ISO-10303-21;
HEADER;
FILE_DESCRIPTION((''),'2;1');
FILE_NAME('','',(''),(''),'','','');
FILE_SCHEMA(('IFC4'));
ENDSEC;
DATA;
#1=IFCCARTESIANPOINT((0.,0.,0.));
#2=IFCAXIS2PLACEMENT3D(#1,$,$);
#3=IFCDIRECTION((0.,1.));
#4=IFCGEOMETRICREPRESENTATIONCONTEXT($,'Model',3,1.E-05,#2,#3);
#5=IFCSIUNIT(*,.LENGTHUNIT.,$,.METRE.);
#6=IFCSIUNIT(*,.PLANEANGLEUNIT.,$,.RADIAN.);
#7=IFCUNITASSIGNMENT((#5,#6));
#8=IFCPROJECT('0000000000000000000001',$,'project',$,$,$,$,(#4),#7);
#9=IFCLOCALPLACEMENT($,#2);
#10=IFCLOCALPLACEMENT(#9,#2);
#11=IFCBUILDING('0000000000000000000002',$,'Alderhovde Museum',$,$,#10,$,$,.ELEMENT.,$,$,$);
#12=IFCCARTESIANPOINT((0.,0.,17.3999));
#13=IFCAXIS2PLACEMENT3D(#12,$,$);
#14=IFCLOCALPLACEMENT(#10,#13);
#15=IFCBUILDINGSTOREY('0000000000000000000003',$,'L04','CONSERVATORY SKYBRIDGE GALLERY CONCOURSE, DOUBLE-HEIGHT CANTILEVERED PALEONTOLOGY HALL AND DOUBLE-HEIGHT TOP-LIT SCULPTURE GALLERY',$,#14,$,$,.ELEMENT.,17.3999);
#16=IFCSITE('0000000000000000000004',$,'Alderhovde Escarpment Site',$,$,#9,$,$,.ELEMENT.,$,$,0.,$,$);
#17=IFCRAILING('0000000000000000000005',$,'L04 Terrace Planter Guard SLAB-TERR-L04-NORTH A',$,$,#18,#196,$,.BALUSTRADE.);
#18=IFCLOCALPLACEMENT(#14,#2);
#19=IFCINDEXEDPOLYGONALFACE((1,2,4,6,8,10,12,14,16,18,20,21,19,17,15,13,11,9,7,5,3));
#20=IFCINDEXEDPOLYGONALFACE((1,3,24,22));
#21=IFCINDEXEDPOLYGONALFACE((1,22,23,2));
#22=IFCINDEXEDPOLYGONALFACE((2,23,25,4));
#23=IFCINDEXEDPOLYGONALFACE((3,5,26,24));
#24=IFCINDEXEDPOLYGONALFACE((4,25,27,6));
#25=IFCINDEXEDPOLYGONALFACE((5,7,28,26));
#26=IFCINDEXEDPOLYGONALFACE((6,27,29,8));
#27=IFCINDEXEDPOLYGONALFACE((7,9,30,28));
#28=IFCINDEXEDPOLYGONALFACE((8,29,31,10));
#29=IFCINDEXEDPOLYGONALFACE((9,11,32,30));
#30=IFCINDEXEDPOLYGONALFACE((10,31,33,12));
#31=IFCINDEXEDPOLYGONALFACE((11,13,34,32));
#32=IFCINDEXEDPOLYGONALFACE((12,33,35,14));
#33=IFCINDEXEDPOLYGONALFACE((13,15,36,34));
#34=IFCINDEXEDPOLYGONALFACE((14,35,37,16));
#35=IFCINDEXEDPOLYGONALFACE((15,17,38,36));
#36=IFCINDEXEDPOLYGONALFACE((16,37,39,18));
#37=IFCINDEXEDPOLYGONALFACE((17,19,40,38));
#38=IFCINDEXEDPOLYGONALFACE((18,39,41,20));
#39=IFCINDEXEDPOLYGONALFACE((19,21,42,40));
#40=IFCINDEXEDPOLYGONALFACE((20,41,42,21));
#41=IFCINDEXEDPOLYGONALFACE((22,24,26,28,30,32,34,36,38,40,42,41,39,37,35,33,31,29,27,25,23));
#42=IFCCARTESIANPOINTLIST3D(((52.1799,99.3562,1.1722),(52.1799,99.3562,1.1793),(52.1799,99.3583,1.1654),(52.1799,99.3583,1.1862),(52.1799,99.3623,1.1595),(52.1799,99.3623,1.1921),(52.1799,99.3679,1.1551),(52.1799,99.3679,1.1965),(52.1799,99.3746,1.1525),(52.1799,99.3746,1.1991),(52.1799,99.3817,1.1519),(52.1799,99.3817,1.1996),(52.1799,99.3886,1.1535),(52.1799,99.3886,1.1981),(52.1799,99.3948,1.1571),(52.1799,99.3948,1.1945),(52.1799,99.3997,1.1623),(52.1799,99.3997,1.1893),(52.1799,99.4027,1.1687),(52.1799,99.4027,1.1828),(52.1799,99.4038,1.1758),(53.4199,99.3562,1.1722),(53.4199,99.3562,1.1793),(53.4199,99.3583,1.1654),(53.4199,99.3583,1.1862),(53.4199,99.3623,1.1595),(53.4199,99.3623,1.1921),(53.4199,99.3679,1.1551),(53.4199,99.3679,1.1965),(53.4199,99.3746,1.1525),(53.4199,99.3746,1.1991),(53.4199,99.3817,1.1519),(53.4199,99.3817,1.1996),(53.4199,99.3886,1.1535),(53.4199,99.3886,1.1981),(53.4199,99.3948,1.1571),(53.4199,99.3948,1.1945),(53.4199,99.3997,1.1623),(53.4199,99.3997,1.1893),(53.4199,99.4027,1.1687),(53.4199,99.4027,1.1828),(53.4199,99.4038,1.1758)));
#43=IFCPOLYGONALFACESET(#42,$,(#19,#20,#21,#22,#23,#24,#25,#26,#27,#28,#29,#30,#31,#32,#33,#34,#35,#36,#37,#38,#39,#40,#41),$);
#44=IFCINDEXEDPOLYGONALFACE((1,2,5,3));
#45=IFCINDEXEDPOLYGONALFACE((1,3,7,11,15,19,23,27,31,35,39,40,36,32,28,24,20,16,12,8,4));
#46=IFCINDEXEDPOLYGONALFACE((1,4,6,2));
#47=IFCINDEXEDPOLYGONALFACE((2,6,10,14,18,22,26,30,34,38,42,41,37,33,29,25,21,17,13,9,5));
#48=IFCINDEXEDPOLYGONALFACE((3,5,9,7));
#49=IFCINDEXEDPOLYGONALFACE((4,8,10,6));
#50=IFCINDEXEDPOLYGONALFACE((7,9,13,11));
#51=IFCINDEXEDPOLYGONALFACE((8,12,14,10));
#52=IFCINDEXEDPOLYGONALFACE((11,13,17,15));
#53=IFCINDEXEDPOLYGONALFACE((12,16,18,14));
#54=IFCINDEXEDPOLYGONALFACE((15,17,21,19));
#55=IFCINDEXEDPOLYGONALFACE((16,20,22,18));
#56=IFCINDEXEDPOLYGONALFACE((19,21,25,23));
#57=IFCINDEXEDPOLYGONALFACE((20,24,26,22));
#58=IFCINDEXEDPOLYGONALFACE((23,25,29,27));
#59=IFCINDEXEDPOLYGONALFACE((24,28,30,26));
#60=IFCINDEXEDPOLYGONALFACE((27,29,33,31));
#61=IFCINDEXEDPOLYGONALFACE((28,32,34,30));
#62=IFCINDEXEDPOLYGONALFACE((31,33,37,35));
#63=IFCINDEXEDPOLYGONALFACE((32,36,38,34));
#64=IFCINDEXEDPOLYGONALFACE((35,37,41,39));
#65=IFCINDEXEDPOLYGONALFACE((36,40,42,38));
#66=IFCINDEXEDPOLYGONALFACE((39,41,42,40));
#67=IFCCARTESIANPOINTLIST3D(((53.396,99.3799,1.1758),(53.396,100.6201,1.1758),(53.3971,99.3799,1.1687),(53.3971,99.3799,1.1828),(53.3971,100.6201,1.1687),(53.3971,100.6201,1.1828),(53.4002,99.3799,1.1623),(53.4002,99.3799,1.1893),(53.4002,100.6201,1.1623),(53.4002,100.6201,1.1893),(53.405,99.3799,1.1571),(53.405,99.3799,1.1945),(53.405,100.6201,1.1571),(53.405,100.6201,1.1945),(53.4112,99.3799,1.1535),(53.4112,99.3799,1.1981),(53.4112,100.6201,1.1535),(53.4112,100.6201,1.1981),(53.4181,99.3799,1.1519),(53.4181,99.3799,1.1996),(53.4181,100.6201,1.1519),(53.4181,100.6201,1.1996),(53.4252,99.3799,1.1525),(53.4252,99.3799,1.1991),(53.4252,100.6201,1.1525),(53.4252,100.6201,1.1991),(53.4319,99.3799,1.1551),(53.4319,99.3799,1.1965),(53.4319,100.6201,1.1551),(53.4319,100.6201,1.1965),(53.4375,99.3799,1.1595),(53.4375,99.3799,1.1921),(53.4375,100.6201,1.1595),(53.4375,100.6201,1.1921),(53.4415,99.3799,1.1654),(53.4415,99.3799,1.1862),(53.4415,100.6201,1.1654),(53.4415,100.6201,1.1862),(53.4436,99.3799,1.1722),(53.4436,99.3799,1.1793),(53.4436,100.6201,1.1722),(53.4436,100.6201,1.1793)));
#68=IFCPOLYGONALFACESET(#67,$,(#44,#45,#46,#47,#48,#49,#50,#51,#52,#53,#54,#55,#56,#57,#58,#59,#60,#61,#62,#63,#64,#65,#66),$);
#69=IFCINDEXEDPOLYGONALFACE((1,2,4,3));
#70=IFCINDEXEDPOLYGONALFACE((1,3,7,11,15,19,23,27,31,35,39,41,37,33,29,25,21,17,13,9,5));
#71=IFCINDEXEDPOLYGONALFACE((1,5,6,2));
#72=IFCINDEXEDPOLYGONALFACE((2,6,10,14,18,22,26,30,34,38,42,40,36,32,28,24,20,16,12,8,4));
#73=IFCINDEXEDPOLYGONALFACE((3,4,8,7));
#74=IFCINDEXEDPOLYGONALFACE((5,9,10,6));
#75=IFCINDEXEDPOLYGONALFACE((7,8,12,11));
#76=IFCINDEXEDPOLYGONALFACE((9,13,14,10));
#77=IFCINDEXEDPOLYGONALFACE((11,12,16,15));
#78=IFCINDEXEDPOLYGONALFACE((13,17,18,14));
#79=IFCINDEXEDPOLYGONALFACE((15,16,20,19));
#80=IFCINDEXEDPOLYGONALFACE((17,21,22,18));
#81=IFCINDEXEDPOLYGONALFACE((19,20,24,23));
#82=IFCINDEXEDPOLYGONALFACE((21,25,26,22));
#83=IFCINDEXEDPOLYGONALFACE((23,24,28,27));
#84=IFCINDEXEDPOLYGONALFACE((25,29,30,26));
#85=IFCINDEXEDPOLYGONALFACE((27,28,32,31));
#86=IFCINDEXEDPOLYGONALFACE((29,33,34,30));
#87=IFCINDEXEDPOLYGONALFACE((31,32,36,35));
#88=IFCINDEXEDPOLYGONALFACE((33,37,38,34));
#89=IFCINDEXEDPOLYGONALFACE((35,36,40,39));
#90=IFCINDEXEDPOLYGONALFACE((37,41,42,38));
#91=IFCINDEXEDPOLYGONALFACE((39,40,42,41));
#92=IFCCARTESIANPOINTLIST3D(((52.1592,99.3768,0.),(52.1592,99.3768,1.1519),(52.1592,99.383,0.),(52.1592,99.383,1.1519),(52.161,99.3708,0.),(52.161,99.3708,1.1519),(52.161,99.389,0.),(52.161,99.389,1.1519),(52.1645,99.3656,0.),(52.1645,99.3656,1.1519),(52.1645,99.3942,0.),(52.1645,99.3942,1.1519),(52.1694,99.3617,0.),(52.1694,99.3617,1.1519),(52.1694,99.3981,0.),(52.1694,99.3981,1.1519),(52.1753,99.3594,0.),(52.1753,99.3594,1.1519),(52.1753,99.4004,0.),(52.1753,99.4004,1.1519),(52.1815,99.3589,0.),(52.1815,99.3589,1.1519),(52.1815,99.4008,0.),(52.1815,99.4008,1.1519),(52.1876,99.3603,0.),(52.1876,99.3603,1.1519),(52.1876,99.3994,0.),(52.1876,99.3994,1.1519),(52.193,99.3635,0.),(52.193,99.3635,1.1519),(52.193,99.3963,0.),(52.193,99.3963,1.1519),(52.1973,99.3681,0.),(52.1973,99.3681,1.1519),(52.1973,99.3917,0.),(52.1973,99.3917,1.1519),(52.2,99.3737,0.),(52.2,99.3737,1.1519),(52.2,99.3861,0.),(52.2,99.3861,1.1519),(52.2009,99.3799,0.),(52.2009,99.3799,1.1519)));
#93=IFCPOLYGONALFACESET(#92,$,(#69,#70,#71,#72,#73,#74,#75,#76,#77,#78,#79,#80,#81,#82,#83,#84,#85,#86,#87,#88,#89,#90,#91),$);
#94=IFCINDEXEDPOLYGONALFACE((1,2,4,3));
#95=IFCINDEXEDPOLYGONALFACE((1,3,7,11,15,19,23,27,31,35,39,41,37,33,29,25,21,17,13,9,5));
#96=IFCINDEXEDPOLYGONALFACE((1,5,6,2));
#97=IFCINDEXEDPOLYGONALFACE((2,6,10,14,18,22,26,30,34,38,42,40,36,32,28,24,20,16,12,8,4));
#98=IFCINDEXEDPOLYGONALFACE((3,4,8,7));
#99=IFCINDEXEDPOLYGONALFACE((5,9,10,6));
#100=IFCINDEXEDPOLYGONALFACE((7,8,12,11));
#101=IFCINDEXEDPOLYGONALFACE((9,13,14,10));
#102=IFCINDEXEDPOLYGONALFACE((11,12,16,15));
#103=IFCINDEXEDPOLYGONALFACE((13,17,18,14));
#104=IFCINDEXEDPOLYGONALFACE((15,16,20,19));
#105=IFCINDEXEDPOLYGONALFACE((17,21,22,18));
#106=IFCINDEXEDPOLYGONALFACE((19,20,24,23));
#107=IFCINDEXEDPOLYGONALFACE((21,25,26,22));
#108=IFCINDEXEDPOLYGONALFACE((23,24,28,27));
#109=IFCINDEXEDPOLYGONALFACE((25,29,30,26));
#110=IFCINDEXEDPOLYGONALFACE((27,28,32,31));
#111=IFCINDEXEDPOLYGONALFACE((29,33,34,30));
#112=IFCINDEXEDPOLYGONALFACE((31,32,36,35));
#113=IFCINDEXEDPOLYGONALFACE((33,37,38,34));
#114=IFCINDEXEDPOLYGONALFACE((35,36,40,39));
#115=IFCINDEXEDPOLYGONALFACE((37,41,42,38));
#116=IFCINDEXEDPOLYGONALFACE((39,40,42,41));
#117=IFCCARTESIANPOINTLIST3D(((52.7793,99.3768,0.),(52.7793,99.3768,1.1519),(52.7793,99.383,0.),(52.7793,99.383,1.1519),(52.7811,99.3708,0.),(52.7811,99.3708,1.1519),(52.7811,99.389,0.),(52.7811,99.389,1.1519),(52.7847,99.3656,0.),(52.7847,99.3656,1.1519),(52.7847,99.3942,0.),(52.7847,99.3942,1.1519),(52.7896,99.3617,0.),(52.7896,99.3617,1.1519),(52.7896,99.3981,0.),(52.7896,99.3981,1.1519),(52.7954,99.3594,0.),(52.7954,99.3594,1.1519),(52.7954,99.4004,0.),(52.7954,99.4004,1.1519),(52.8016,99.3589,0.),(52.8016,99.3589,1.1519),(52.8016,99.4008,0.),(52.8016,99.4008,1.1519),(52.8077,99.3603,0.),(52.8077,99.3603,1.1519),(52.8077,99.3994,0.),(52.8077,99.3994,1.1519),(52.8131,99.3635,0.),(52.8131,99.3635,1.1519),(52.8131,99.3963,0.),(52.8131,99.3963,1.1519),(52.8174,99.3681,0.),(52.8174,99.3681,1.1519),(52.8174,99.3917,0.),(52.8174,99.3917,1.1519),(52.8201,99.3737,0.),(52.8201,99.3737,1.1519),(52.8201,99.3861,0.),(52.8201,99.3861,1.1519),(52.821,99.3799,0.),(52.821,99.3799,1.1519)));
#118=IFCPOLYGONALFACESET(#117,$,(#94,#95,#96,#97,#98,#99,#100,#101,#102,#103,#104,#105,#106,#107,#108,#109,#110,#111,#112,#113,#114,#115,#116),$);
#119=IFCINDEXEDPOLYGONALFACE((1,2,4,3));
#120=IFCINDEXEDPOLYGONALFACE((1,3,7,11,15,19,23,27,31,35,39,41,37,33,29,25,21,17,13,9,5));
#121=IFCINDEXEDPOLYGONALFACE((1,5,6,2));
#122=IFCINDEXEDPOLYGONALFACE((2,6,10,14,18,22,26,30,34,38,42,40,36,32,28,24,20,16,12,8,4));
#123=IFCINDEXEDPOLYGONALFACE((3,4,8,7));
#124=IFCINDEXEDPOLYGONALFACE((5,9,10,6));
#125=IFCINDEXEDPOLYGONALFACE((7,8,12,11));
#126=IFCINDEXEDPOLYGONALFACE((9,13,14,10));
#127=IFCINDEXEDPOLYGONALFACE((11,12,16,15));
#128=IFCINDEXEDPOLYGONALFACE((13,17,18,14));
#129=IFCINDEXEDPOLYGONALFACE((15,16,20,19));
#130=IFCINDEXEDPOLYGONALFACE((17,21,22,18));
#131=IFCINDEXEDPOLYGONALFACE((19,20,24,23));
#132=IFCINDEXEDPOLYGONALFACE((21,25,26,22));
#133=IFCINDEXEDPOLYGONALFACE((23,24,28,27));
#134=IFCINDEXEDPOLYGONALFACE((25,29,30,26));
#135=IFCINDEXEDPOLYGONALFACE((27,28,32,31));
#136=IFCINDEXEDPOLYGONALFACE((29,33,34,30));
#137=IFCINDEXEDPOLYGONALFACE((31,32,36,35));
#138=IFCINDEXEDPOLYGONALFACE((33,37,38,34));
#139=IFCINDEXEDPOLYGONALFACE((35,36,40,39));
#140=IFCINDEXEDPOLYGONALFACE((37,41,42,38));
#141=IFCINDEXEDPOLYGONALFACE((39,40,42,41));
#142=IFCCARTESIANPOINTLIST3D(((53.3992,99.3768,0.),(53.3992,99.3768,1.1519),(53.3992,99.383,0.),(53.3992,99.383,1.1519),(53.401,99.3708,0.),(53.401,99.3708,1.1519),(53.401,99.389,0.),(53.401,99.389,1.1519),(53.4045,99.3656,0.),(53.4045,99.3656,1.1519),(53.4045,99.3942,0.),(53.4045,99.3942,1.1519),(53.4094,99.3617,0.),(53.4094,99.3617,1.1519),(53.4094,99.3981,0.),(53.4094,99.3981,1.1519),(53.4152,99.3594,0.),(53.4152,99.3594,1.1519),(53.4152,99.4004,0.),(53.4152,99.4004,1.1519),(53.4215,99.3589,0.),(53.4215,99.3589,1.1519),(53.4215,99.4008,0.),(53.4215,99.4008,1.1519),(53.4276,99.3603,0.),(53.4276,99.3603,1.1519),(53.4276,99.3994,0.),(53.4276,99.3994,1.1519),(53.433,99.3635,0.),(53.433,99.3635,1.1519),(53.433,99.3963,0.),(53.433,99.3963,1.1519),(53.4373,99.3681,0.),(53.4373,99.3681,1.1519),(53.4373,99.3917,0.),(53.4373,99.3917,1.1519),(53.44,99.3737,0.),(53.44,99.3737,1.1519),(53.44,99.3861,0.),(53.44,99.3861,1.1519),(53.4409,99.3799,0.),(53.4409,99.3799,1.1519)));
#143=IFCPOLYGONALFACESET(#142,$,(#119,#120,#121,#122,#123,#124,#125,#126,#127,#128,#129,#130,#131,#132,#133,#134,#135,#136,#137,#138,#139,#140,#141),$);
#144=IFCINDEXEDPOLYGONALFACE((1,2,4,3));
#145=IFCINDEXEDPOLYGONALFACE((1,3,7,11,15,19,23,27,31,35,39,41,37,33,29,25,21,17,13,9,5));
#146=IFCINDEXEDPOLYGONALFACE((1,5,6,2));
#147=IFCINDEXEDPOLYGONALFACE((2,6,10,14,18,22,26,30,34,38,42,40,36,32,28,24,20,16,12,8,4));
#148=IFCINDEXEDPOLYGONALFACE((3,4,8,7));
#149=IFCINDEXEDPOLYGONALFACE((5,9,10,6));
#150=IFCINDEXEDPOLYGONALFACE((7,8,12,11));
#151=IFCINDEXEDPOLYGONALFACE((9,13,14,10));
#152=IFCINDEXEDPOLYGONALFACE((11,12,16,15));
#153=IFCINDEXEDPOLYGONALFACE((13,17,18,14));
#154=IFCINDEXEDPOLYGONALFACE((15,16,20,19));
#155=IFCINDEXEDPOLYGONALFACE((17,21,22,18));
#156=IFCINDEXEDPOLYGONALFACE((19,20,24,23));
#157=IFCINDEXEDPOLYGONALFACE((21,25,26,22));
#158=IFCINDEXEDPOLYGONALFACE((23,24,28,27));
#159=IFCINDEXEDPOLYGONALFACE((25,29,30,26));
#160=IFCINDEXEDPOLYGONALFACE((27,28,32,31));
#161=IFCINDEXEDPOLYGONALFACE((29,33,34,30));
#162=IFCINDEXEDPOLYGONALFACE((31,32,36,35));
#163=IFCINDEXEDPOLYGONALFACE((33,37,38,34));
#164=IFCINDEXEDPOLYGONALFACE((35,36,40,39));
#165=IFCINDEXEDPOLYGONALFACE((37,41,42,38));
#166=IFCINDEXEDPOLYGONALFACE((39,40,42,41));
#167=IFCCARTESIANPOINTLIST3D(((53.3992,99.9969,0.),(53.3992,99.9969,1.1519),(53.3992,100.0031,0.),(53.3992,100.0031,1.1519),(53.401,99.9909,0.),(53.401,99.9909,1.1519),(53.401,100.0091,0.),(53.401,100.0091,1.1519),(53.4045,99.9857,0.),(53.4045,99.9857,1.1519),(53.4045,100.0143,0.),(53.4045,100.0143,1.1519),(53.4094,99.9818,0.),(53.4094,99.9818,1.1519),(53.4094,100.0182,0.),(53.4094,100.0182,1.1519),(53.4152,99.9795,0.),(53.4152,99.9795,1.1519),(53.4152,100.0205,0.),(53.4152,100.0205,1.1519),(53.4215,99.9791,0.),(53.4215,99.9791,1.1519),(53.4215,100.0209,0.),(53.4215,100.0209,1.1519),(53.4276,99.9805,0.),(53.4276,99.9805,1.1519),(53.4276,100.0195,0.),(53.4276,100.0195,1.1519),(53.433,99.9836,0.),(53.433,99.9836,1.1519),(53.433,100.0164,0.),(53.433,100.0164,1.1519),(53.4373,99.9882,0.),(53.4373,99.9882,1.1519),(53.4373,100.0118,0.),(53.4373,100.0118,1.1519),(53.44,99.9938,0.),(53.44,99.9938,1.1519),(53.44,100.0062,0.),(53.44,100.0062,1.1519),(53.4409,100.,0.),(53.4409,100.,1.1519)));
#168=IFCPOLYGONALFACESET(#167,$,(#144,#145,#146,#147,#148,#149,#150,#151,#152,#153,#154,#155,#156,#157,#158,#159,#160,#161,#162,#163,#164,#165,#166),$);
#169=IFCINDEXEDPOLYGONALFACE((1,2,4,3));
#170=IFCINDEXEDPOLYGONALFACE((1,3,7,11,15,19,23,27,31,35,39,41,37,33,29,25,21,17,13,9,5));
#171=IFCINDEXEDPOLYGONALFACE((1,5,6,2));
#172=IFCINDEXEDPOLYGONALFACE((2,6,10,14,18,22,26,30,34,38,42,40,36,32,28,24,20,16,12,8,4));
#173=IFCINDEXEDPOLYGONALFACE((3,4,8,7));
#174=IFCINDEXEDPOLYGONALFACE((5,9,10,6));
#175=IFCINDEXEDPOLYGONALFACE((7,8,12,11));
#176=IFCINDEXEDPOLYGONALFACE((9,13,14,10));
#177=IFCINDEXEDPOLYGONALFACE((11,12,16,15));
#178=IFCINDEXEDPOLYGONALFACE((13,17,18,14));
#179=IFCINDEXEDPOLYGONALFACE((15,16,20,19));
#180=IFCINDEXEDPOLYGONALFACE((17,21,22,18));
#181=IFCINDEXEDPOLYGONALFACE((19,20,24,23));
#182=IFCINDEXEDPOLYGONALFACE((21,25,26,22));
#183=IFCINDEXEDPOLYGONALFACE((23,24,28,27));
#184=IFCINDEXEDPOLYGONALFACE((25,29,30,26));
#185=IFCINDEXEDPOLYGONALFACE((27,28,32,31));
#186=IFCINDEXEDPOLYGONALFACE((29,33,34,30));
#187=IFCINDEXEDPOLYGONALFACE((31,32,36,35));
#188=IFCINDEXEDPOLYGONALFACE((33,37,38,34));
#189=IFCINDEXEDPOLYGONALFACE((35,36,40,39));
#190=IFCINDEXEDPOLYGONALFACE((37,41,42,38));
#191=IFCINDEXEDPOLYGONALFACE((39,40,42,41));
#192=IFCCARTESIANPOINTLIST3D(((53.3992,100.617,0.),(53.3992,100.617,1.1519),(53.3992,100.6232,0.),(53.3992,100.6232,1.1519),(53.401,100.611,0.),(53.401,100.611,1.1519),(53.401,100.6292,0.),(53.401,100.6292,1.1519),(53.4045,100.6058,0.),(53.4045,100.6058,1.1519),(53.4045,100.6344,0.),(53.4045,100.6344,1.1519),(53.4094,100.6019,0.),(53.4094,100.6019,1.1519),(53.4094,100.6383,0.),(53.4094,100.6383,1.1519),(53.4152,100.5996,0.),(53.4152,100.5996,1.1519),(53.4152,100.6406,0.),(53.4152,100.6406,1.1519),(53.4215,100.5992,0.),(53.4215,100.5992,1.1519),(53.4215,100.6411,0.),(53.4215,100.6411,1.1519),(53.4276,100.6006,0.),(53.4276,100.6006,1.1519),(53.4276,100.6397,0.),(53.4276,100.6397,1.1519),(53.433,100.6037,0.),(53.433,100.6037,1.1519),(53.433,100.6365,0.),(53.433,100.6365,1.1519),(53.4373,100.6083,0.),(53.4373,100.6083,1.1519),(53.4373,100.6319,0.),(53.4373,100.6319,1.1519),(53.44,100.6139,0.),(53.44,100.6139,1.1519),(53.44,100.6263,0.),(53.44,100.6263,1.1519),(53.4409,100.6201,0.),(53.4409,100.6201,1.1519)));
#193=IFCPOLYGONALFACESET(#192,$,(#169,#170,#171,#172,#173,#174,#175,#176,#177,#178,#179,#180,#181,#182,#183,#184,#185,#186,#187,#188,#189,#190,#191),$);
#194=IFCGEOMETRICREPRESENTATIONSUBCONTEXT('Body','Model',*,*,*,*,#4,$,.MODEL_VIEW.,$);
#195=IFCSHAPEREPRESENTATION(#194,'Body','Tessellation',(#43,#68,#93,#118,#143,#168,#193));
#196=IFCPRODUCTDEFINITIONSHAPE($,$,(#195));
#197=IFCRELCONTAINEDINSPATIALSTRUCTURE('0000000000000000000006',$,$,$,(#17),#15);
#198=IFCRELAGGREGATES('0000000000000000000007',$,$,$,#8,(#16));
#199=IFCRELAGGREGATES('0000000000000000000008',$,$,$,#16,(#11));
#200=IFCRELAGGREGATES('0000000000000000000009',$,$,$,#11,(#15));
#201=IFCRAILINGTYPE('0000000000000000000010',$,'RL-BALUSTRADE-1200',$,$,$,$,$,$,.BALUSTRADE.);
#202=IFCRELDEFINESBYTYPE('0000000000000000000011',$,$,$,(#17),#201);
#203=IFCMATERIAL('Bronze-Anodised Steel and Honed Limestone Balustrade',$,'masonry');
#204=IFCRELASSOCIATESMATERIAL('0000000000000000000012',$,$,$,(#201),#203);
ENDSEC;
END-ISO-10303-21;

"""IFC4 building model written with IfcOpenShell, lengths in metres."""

from ifc_helpers import new_model, si_unit, direction, frame, origin, origin_2d, place, context, subcontext, project, spatial, circle, extrude, material, type_object, element, save


model = new_model("IFC4")

# Units and contexts
model_context = context("Model", 3, precision=1e-05, world=origin(), true_north=direction((0.0, 1.0)))
body_context = subcontext(model_context, "Body", "Model", "MODEL_VIEW")
ifc_project = project(units=[si_unit("LENGTHUNIT", "METRE"), si_unit("PLANEANGLEUNIT", "RADIAN")], contexts=[model_context])

# Site, building, storey
site_placement = place(None, origin())
site = spatial("IfcSite", under=ifc_project, at=site_placement, Name="Alderhovde Escarpment Site", CompositionType="ELEMENT", RefElevation=0.0)
building_placement = place(site_placement, origin())
building = spatial("IfcBuilding", under=site, at=building_placement, Name="Alderhovde Museum", CompositionType="ELEMENT")
storey_placement = place(building_placement, frame((0.0, 0.0, 17.3999)))
storey = spatial("IfcBuildingStorey", under=building, at=storey_placement, Name="L04", Description="CONSERVATORY SKYBRIDGE GALLERY CONCOURSE, DOUBLE-HEIGHT CANTILEVERED PALEONTOLOGY HALL AND DOUBLE-HEIGHT TOP-LIT SCULPTURE GALLERY", CompositionType="ELEMENT", Elevation=17.3999)

# Railing
ifc_material_1 = material(Name="Bronze-Anodised Steel and Honed Limestone Balustrade", Category="masonry")
railing_type = type_object("IfcRailingType", Name="RL-BALUSTRADE-1200", PredefinedType="BALUSTRADE", material=ifc_material_1)
railing_1_placement = place(storey_placement, frame((52.1799, 99.3799, 0.0)))
element("IfcRailing", 1, at=railing_1_placement, inside=storey, type_object=railing_type, Name="L04 Terrace Planter Guard SLAB-TERR-L04-NORTH A", PredefinedType="BALUSTRADE", context=body_context, shape_type="SweptSolid", body=[
    extrude(circle(Radius=0.0239, at=origin_2d()), frame((0.0, 0.0, 1.1758), z_axis=(1.0, 0.0, 0.0), x_axis=(0.0, 1.0, 0.0)), (0.0, 0.0, 1.0), 1.24),
    extrude(circle(Radius=0.0239, at=origin_2d()), frame((1.24, 0.0, 1.1758), z_axis=(0.0, 1.0, 0.0), x_axis=(-1.0, 0.0, 0.0)), (0.0, 0.0, 1.0), 1.2402),
    extrude(circle(Radius=0.021, at=origin_2d()), origin(), (0.0, 0.0, 1.0), 1.1519),
    extrude(circle(Radius=0.021, at=origin_2d()), frame((0.6201, 0.0, 0.0)), (0.0, 0.0, 1.0), 1.1519),
    extrude(circle(Radius=0.021, at=origin_2d()), frame((1.24, 0.0, 0.0)), (0.0, 0.0, 1.0), 1.1519),
    extrude(circle(Radius=0.021, at=origin_2d()), frame((1.24, 0.6201, 0.0)), (0.0, 0.0, 1.0), 1.1519),
    extrude(circle(Radius=0.021, at=origin_2d()), frame((1.24, 1.2402, 0.0)), (0.0, 0.0, 1.0), 1.1519),
])

save(model, "model.ifc")
